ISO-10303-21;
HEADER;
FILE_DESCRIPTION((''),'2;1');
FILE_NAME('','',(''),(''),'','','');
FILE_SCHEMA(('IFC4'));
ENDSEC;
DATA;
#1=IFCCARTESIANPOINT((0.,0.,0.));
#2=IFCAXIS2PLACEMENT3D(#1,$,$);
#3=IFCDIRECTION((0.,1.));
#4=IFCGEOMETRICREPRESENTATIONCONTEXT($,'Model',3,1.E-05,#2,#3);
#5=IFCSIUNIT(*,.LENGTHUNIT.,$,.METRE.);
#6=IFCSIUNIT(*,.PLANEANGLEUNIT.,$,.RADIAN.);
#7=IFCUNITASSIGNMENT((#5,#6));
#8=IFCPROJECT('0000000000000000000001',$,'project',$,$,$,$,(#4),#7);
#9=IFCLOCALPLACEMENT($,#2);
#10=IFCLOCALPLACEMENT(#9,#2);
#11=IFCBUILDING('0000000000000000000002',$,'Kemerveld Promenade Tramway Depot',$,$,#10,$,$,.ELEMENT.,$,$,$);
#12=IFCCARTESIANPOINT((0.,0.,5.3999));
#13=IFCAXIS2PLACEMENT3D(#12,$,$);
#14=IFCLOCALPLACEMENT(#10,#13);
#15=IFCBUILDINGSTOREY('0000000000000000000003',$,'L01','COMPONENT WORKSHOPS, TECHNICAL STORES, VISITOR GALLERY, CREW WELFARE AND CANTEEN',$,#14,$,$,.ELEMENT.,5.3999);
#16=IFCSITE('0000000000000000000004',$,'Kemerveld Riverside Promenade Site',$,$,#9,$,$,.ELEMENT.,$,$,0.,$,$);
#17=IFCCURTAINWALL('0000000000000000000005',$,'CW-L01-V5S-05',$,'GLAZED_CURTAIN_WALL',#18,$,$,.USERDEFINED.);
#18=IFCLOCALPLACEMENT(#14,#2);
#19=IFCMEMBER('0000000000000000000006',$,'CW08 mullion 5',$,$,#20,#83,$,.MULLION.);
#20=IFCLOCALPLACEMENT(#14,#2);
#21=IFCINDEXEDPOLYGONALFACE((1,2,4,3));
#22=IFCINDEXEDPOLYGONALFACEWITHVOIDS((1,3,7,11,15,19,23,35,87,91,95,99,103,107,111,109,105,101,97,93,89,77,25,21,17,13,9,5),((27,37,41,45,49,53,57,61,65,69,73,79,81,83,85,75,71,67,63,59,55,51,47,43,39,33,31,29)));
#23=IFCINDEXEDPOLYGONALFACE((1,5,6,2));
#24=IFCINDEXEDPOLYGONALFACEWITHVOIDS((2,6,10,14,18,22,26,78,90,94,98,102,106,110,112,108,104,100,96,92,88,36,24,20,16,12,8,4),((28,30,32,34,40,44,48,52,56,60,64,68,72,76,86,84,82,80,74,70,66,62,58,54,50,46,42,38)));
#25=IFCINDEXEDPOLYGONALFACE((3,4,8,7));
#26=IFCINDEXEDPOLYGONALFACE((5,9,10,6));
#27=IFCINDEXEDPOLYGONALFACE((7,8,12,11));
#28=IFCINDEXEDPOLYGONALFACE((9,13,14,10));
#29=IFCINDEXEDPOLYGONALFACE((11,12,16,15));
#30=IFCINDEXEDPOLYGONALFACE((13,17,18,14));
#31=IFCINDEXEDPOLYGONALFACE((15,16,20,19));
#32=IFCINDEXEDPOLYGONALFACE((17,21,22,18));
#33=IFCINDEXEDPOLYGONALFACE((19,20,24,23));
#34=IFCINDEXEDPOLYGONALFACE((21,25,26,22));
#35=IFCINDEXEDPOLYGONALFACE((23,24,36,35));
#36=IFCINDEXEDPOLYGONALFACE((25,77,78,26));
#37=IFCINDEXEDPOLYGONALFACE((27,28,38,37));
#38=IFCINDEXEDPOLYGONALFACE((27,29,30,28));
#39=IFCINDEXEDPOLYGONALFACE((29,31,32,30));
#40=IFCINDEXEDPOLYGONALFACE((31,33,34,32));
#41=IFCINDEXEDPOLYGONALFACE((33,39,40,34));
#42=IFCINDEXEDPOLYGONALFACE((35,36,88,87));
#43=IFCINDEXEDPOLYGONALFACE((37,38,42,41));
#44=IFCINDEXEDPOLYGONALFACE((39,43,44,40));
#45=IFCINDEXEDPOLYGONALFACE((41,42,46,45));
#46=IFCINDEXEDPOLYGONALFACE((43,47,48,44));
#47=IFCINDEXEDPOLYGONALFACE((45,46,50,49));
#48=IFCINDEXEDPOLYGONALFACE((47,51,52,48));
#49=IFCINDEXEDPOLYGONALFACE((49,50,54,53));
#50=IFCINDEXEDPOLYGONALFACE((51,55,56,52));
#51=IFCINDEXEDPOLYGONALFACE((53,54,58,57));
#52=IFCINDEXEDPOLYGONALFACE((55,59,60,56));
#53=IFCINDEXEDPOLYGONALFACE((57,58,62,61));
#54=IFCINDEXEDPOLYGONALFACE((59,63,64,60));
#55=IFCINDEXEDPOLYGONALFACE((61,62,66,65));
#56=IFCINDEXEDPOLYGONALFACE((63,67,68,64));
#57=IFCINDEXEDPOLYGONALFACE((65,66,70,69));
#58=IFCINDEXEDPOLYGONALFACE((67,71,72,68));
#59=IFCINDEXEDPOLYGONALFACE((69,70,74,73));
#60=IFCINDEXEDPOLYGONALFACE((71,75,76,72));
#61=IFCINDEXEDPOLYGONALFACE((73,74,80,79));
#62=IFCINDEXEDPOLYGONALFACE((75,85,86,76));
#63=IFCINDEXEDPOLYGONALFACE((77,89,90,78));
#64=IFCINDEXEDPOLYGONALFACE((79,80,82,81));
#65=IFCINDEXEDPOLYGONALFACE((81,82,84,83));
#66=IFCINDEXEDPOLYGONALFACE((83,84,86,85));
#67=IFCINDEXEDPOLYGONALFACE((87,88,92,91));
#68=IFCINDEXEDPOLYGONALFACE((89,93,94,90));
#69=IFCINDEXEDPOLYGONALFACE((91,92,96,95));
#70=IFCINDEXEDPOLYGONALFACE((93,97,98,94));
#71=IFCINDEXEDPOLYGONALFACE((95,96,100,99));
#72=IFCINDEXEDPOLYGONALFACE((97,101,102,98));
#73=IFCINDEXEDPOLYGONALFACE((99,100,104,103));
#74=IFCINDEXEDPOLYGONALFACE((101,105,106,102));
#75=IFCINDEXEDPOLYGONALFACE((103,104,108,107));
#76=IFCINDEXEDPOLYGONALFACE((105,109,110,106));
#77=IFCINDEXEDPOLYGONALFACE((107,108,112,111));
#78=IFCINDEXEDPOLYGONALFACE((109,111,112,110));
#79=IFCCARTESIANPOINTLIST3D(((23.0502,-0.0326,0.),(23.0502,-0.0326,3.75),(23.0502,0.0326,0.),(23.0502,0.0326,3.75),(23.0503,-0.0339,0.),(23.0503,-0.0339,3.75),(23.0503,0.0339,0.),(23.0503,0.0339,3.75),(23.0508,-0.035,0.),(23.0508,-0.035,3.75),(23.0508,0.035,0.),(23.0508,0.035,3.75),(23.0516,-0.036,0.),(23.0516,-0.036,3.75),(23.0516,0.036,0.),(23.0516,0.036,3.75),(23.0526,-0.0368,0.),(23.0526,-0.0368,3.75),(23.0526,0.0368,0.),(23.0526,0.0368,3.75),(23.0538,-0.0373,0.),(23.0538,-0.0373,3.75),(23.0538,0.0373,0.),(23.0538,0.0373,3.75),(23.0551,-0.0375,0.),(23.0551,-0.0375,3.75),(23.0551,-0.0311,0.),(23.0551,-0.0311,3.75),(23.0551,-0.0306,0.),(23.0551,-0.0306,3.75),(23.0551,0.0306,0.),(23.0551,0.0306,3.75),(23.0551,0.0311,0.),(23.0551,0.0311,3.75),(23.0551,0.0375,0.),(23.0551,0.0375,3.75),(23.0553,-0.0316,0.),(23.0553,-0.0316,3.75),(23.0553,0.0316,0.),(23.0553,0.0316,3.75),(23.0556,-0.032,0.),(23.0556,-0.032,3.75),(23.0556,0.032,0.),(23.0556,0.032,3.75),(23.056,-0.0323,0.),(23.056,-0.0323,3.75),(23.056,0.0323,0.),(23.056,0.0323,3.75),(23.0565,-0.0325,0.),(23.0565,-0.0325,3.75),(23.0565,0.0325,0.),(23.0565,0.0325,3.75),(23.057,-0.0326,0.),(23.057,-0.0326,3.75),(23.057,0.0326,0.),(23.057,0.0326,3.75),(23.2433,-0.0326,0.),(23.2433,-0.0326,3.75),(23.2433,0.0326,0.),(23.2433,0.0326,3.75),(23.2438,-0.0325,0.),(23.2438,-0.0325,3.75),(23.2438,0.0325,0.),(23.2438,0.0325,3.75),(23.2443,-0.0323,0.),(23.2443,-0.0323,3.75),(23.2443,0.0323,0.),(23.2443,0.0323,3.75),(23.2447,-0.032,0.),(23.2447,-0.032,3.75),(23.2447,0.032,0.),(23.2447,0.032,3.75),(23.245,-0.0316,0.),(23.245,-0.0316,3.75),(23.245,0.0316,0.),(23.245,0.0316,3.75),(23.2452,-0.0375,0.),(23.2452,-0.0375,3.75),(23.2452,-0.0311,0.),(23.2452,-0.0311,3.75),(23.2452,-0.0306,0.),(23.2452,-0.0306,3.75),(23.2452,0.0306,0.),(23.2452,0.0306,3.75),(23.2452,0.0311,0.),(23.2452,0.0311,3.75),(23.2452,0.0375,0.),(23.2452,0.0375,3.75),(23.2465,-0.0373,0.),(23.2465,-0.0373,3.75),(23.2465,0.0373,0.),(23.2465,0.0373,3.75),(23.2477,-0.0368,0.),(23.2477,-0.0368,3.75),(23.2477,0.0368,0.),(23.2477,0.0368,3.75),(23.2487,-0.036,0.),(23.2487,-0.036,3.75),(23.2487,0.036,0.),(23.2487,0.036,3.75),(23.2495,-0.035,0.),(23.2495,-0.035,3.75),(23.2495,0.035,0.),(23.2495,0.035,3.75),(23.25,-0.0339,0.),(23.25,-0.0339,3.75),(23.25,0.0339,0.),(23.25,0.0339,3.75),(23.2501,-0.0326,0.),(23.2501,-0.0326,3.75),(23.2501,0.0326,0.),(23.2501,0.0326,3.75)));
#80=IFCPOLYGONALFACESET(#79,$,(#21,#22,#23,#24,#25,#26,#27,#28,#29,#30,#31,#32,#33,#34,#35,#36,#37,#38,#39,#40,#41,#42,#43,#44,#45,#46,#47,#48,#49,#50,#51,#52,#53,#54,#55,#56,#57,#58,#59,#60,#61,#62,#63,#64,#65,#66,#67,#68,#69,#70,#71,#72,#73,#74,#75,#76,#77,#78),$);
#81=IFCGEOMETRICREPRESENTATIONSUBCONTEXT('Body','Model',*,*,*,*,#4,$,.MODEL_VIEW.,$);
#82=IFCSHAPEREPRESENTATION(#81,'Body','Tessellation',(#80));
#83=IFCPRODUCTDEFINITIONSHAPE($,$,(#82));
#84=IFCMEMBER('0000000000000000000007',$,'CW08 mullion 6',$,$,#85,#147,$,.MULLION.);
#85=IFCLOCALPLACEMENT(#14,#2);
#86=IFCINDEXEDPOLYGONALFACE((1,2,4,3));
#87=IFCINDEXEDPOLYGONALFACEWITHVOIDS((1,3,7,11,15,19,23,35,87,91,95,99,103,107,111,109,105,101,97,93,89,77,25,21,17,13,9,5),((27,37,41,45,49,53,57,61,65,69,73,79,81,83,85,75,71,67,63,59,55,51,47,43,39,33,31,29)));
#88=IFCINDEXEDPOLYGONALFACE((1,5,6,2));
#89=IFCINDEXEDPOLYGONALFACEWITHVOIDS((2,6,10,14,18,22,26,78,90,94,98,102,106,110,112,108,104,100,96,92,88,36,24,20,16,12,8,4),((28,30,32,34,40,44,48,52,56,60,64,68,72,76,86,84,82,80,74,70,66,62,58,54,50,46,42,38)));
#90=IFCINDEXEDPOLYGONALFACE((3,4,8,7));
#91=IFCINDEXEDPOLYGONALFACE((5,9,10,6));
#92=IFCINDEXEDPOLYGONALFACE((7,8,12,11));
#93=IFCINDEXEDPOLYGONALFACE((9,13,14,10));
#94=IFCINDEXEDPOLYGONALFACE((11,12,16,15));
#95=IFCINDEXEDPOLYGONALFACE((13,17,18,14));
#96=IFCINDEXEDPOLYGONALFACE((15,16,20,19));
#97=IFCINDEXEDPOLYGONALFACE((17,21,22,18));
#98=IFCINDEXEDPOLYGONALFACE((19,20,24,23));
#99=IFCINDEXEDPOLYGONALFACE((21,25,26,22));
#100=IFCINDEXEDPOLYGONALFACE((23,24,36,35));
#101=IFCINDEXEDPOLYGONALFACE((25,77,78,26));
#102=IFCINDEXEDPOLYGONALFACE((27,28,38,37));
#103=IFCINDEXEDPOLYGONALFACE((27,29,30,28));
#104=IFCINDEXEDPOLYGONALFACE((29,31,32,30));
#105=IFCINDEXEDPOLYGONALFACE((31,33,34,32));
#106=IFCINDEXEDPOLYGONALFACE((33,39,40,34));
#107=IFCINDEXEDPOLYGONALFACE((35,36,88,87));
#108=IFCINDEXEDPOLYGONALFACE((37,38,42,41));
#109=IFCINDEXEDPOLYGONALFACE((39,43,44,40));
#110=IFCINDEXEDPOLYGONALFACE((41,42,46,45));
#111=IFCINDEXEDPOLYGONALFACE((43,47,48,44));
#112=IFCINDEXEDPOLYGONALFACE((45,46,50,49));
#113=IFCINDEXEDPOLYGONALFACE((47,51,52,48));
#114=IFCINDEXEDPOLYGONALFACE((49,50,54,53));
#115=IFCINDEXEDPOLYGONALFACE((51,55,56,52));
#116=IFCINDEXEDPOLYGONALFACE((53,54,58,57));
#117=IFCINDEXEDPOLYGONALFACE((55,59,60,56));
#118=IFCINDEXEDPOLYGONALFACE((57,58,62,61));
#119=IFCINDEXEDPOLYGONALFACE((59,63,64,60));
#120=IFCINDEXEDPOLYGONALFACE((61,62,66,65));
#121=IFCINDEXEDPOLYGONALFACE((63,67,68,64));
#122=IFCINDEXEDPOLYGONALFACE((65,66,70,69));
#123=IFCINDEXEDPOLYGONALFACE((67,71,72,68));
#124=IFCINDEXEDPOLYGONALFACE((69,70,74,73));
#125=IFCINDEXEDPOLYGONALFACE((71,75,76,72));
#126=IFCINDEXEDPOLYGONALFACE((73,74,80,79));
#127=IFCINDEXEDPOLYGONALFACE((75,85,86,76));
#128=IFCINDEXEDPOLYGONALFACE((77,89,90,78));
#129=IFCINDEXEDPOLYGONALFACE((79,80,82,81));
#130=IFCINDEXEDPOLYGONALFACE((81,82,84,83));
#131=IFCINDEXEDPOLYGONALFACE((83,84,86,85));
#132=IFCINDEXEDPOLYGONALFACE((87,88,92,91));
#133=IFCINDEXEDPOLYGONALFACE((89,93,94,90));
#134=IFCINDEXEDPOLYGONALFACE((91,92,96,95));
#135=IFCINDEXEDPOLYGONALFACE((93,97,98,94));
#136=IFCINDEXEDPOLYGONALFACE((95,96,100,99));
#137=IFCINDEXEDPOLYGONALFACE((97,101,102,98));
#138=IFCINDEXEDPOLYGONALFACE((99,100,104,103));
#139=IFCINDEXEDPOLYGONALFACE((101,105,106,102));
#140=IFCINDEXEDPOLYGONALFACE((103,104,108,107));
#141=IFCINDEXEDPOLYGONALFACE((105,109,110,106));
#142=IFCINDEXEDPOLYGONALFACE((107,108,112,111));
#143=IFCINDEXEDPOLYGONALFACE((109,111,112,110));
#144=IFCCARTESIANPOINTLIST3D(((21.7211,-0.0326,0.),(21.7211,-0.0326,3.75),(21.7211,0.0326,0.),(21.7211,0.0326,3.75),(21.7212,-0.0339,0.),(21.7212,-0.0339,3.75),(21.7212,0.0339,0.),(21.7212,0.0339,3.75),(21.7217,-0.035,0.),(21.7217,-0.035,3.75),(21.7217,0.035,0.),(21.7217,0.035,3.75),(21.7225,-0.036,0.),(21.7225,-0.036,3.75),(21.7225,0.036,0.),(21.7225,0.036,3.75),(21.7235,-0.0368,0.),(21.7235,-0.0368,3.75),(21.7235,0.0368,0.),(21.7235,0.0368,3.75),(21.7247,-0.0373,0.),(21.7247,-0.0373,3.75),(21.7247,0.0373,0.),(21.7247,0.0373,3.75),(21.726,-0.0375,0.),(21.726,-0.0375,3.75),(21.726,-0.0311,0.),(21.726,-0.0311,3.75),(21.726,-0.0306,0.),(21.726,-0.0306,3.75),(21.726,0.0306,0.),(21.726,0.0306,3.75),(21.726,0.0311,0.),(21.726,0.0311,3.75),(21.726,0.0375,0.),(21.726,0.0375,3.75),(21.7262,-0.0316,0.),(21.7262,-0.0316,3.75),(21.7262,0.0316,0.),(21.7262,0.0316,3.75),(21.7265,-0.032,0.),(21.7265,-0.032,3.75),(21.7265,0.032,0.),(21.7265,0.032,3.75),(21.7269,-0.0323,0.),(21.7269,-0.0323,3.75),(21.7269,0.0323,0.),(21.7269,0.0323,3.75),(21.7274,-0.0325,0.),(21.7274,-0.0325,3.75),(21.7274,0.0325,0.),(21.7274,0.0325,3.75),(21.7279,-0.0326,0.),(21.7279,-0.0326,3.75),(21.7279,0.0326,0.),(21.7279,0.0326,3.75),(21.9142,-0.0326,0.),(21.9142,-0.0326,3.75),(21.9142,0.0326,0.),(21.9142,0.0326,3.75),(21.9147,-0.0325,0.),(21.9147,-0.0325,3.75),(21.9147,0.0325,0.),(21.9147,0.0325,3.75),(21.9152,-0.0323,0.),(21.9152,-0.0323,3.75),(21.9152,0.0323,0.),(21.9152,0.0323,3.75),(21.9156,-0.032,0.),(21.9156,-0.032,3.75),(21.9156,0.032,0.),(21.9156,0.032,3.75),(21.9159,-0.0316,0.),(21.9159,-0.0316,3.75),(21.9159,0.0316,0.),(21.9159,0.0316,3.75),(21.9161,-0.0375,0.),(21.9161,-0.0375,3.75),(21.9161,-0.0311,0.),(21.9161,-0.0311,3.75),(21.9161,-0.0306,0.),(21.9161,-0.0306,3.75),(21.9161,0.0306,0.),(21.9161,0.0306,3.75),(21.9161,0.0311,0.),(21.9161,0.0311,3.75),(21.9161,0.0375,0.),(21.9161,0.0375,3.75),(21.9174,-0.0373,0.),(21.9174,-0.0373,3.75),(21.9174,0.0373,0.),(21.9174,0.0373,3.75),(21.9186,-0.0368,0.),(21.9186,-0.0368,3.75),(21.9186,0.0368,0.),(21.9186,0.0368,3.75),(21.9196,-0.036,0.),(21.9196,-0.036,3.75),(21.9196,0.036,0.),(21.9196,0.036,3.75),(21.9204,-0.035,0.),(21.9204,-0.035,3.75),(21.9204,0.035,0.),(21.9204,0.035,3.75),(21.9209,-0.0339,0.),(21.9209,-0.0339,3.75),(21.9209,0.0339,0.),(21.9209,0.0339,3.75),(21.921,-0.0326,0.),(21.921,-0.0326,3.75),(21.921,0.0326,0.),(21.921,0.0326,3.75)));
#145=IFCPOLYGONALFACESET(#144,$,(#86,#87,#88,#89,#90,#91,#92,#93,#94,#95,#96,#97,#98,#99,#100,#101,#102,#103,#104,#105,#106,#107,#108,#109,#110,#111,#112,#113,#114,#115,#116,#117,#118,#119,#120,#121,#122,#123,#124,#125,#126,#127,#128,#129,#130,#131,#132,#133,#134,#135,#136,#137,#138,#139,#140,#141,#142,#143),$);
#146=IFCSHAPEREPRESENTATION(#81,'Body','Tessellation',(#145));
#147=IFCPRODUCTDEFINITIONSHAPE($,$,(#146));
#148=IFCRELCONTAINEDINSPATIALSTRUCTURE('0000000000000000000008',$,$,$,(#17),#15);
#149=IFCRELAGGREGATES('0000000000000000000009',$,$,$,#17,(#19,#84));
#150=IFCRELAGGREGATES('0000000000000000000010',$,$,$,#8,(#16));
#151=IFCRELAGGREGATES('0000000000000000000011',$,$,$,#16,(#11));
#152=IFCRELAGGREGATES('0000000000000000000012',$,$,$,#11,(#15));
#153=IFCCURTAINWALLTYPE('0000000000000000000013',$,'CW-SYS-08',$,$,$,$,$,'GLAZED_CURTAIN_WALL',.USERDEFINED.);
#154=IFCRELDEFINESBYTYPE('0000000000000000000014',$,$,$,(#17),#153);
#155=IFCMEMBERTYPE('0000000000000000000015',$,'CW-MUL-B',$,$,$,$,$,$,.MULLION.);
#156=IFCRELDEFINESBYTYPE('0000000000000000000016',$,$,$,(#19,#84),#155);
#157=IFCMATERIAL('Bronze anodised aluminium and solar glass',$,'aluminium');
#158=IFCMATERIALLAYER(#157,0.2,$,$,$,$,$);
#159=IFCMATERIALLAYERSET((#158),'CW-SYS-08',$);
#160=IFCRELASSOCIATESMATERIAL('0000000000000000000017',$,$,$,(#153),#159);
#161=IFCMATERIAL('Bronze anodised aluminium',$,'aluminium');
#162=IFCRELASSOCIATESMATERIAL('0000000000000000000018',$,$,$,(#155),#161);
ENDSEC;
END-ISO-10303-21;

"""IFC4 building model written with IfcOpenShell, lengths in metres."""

from ifc_helpers import new_model, si_unit, direction, frame, origin, origin_2d, place, context, subcontext, project, spatial, hollow_rectangle, extrude, material, layer, layer_set, material_profile, profile_set, type_object, element, aggregate, save


model = new_model("IFC4")

# Units and contexts
model_context = context("Model", 3, precision=1e-05, world=origin(), true_north=direction((0.0, 1.0)))
body_context = subcontext(model_context, "Body", "Model", "MODEL_VIEW")
ifc_project = project(units=[si_unit("LENGTHUNIT", "METRE"), si_unit("PLANEANGLEUNIT", "RADIAN")], contexts=[model_context])

# Site, building, storey
site_placement = place(None, origin())
site = spatial("IfcSite", under=ifc_project, at=site_placement, Name="Kemerveld Riverside Promenade Site", CompositionType="ELEMENT", RefElevation=0.0)
building_placement = place(site_placement, origin())
building = spatial("IfcBuilding", under=site, at=building_placement, Name="Kemerveld Promenade Tramway Depot", CompositionType="ELEMENT")
storey_placement = place(building_placement, frame((0.0, 0.0, 5.3999)))
storey = spatial("IfcBuildingStorey", under=building, at=storey_placement, Name="L01", Description="COMPONENT WORKSHOPS, TECHNICAL STORES, VISITOR GALLERY, CREW WELFARE AND CANTEEN", CompositionType="ELEMENT", Elevation=5.3999)

# Curtain wall, members
ifc_material_1 = material(Name="Bronze anodised aluminium and solar glass", Category="aluminium")
ifc_layer_1 = layer(ifc_material_1, 0.2)
ifc_layer_set_1 = layer_set([ifc_layer_1], Name="CW-SYS-08")
curtain_wall_type = type_object("IfcCurtainWallType", Name="CW-SYS-08", ElementType="GLAZED_CURTAIN_WALL", PredefinedType="USERDEFINED", material=ifc_layer_set_1)
curtain_wall_placement = place(storey_placement, origin())
curtain_wall = element("IfcCurtainWall", 1, at=curtain_wall_placement, inside=storey, type_object=curtain_wall_type, Name="CW-L01-V5S-05", ObjectType="GLAZED_CURTAIN_WALL", PredefinedType="USERDEFINED")
ifc_material_2 = material(Name="Bronze anodised aluminium", Category="aluminium")
ifc_material_profile_1 = material_profile(ifc_material_2, hollow_rectangle(XDim=0.075, YDim=0.2, WallThickness=0.0049, InnerFilletRadius=0.002, OuterFilletRadius=0.0049, at=origin_2d()), Name="CW-MUL-200x75")
ifc_profile_set_1 = profile_set([ifc_material_profile_1], Name="Bronze anodised aluminium")
member_type_1 = type_object("IfcMemberType", Name="CW-MUL-B", PredefinedType="MULLION", material=ifc_profile_set_1)
member_1_placement = place(storey_placement, frame((23.1501, 0.0, 0.0), z_axis=(0.0, 0.0, 1.0), x_axis=(0.0, -1.0, 0.0)))
member_1 = element("IfcMember", 2, at=member_1_placement, type_object=member_type_1, Name="CW08 mullion 5", PredefinedType="MULLION", context=body_context, shape_type="SweptSolid", body=[
    extrude(hollow_rectangle(XDim=0.075, YDim=0.2, WallThickness=0.0049, InnerFilletRadius=0.002, OuterFilletRadius=0.0049, at=origin_2d()), origin(), (0.0, 0.0, 1.0), 3.75),
])
member_2_placement = place(storey_placement, frame((21.821, 0.0, 0.0), z_axis=(0.0, 0.0, 1.0), x_axis=(0.0, -1.0, 0.0)))
member_2 = element("IfcMember", 3, at=member_2_placement, type_object=member_type_1, Name="CW08 mullion 6", PredefinedType="MULLION", context=body_context, shape_type="SweptSolid", body=[
    extrude(hollow_rectangle(XDim=0.075, YDim=0.2, WallThickness=0.0049, InnerFilletRadius=0.002, OuterFilletRadius=0.0049, at=origin_2d()), origin(), (0.0, 0.0, 1.0), 3.75),
])
aggregate(curtain_wall, [member_1, member_2])

save(model, "model.ifc")
